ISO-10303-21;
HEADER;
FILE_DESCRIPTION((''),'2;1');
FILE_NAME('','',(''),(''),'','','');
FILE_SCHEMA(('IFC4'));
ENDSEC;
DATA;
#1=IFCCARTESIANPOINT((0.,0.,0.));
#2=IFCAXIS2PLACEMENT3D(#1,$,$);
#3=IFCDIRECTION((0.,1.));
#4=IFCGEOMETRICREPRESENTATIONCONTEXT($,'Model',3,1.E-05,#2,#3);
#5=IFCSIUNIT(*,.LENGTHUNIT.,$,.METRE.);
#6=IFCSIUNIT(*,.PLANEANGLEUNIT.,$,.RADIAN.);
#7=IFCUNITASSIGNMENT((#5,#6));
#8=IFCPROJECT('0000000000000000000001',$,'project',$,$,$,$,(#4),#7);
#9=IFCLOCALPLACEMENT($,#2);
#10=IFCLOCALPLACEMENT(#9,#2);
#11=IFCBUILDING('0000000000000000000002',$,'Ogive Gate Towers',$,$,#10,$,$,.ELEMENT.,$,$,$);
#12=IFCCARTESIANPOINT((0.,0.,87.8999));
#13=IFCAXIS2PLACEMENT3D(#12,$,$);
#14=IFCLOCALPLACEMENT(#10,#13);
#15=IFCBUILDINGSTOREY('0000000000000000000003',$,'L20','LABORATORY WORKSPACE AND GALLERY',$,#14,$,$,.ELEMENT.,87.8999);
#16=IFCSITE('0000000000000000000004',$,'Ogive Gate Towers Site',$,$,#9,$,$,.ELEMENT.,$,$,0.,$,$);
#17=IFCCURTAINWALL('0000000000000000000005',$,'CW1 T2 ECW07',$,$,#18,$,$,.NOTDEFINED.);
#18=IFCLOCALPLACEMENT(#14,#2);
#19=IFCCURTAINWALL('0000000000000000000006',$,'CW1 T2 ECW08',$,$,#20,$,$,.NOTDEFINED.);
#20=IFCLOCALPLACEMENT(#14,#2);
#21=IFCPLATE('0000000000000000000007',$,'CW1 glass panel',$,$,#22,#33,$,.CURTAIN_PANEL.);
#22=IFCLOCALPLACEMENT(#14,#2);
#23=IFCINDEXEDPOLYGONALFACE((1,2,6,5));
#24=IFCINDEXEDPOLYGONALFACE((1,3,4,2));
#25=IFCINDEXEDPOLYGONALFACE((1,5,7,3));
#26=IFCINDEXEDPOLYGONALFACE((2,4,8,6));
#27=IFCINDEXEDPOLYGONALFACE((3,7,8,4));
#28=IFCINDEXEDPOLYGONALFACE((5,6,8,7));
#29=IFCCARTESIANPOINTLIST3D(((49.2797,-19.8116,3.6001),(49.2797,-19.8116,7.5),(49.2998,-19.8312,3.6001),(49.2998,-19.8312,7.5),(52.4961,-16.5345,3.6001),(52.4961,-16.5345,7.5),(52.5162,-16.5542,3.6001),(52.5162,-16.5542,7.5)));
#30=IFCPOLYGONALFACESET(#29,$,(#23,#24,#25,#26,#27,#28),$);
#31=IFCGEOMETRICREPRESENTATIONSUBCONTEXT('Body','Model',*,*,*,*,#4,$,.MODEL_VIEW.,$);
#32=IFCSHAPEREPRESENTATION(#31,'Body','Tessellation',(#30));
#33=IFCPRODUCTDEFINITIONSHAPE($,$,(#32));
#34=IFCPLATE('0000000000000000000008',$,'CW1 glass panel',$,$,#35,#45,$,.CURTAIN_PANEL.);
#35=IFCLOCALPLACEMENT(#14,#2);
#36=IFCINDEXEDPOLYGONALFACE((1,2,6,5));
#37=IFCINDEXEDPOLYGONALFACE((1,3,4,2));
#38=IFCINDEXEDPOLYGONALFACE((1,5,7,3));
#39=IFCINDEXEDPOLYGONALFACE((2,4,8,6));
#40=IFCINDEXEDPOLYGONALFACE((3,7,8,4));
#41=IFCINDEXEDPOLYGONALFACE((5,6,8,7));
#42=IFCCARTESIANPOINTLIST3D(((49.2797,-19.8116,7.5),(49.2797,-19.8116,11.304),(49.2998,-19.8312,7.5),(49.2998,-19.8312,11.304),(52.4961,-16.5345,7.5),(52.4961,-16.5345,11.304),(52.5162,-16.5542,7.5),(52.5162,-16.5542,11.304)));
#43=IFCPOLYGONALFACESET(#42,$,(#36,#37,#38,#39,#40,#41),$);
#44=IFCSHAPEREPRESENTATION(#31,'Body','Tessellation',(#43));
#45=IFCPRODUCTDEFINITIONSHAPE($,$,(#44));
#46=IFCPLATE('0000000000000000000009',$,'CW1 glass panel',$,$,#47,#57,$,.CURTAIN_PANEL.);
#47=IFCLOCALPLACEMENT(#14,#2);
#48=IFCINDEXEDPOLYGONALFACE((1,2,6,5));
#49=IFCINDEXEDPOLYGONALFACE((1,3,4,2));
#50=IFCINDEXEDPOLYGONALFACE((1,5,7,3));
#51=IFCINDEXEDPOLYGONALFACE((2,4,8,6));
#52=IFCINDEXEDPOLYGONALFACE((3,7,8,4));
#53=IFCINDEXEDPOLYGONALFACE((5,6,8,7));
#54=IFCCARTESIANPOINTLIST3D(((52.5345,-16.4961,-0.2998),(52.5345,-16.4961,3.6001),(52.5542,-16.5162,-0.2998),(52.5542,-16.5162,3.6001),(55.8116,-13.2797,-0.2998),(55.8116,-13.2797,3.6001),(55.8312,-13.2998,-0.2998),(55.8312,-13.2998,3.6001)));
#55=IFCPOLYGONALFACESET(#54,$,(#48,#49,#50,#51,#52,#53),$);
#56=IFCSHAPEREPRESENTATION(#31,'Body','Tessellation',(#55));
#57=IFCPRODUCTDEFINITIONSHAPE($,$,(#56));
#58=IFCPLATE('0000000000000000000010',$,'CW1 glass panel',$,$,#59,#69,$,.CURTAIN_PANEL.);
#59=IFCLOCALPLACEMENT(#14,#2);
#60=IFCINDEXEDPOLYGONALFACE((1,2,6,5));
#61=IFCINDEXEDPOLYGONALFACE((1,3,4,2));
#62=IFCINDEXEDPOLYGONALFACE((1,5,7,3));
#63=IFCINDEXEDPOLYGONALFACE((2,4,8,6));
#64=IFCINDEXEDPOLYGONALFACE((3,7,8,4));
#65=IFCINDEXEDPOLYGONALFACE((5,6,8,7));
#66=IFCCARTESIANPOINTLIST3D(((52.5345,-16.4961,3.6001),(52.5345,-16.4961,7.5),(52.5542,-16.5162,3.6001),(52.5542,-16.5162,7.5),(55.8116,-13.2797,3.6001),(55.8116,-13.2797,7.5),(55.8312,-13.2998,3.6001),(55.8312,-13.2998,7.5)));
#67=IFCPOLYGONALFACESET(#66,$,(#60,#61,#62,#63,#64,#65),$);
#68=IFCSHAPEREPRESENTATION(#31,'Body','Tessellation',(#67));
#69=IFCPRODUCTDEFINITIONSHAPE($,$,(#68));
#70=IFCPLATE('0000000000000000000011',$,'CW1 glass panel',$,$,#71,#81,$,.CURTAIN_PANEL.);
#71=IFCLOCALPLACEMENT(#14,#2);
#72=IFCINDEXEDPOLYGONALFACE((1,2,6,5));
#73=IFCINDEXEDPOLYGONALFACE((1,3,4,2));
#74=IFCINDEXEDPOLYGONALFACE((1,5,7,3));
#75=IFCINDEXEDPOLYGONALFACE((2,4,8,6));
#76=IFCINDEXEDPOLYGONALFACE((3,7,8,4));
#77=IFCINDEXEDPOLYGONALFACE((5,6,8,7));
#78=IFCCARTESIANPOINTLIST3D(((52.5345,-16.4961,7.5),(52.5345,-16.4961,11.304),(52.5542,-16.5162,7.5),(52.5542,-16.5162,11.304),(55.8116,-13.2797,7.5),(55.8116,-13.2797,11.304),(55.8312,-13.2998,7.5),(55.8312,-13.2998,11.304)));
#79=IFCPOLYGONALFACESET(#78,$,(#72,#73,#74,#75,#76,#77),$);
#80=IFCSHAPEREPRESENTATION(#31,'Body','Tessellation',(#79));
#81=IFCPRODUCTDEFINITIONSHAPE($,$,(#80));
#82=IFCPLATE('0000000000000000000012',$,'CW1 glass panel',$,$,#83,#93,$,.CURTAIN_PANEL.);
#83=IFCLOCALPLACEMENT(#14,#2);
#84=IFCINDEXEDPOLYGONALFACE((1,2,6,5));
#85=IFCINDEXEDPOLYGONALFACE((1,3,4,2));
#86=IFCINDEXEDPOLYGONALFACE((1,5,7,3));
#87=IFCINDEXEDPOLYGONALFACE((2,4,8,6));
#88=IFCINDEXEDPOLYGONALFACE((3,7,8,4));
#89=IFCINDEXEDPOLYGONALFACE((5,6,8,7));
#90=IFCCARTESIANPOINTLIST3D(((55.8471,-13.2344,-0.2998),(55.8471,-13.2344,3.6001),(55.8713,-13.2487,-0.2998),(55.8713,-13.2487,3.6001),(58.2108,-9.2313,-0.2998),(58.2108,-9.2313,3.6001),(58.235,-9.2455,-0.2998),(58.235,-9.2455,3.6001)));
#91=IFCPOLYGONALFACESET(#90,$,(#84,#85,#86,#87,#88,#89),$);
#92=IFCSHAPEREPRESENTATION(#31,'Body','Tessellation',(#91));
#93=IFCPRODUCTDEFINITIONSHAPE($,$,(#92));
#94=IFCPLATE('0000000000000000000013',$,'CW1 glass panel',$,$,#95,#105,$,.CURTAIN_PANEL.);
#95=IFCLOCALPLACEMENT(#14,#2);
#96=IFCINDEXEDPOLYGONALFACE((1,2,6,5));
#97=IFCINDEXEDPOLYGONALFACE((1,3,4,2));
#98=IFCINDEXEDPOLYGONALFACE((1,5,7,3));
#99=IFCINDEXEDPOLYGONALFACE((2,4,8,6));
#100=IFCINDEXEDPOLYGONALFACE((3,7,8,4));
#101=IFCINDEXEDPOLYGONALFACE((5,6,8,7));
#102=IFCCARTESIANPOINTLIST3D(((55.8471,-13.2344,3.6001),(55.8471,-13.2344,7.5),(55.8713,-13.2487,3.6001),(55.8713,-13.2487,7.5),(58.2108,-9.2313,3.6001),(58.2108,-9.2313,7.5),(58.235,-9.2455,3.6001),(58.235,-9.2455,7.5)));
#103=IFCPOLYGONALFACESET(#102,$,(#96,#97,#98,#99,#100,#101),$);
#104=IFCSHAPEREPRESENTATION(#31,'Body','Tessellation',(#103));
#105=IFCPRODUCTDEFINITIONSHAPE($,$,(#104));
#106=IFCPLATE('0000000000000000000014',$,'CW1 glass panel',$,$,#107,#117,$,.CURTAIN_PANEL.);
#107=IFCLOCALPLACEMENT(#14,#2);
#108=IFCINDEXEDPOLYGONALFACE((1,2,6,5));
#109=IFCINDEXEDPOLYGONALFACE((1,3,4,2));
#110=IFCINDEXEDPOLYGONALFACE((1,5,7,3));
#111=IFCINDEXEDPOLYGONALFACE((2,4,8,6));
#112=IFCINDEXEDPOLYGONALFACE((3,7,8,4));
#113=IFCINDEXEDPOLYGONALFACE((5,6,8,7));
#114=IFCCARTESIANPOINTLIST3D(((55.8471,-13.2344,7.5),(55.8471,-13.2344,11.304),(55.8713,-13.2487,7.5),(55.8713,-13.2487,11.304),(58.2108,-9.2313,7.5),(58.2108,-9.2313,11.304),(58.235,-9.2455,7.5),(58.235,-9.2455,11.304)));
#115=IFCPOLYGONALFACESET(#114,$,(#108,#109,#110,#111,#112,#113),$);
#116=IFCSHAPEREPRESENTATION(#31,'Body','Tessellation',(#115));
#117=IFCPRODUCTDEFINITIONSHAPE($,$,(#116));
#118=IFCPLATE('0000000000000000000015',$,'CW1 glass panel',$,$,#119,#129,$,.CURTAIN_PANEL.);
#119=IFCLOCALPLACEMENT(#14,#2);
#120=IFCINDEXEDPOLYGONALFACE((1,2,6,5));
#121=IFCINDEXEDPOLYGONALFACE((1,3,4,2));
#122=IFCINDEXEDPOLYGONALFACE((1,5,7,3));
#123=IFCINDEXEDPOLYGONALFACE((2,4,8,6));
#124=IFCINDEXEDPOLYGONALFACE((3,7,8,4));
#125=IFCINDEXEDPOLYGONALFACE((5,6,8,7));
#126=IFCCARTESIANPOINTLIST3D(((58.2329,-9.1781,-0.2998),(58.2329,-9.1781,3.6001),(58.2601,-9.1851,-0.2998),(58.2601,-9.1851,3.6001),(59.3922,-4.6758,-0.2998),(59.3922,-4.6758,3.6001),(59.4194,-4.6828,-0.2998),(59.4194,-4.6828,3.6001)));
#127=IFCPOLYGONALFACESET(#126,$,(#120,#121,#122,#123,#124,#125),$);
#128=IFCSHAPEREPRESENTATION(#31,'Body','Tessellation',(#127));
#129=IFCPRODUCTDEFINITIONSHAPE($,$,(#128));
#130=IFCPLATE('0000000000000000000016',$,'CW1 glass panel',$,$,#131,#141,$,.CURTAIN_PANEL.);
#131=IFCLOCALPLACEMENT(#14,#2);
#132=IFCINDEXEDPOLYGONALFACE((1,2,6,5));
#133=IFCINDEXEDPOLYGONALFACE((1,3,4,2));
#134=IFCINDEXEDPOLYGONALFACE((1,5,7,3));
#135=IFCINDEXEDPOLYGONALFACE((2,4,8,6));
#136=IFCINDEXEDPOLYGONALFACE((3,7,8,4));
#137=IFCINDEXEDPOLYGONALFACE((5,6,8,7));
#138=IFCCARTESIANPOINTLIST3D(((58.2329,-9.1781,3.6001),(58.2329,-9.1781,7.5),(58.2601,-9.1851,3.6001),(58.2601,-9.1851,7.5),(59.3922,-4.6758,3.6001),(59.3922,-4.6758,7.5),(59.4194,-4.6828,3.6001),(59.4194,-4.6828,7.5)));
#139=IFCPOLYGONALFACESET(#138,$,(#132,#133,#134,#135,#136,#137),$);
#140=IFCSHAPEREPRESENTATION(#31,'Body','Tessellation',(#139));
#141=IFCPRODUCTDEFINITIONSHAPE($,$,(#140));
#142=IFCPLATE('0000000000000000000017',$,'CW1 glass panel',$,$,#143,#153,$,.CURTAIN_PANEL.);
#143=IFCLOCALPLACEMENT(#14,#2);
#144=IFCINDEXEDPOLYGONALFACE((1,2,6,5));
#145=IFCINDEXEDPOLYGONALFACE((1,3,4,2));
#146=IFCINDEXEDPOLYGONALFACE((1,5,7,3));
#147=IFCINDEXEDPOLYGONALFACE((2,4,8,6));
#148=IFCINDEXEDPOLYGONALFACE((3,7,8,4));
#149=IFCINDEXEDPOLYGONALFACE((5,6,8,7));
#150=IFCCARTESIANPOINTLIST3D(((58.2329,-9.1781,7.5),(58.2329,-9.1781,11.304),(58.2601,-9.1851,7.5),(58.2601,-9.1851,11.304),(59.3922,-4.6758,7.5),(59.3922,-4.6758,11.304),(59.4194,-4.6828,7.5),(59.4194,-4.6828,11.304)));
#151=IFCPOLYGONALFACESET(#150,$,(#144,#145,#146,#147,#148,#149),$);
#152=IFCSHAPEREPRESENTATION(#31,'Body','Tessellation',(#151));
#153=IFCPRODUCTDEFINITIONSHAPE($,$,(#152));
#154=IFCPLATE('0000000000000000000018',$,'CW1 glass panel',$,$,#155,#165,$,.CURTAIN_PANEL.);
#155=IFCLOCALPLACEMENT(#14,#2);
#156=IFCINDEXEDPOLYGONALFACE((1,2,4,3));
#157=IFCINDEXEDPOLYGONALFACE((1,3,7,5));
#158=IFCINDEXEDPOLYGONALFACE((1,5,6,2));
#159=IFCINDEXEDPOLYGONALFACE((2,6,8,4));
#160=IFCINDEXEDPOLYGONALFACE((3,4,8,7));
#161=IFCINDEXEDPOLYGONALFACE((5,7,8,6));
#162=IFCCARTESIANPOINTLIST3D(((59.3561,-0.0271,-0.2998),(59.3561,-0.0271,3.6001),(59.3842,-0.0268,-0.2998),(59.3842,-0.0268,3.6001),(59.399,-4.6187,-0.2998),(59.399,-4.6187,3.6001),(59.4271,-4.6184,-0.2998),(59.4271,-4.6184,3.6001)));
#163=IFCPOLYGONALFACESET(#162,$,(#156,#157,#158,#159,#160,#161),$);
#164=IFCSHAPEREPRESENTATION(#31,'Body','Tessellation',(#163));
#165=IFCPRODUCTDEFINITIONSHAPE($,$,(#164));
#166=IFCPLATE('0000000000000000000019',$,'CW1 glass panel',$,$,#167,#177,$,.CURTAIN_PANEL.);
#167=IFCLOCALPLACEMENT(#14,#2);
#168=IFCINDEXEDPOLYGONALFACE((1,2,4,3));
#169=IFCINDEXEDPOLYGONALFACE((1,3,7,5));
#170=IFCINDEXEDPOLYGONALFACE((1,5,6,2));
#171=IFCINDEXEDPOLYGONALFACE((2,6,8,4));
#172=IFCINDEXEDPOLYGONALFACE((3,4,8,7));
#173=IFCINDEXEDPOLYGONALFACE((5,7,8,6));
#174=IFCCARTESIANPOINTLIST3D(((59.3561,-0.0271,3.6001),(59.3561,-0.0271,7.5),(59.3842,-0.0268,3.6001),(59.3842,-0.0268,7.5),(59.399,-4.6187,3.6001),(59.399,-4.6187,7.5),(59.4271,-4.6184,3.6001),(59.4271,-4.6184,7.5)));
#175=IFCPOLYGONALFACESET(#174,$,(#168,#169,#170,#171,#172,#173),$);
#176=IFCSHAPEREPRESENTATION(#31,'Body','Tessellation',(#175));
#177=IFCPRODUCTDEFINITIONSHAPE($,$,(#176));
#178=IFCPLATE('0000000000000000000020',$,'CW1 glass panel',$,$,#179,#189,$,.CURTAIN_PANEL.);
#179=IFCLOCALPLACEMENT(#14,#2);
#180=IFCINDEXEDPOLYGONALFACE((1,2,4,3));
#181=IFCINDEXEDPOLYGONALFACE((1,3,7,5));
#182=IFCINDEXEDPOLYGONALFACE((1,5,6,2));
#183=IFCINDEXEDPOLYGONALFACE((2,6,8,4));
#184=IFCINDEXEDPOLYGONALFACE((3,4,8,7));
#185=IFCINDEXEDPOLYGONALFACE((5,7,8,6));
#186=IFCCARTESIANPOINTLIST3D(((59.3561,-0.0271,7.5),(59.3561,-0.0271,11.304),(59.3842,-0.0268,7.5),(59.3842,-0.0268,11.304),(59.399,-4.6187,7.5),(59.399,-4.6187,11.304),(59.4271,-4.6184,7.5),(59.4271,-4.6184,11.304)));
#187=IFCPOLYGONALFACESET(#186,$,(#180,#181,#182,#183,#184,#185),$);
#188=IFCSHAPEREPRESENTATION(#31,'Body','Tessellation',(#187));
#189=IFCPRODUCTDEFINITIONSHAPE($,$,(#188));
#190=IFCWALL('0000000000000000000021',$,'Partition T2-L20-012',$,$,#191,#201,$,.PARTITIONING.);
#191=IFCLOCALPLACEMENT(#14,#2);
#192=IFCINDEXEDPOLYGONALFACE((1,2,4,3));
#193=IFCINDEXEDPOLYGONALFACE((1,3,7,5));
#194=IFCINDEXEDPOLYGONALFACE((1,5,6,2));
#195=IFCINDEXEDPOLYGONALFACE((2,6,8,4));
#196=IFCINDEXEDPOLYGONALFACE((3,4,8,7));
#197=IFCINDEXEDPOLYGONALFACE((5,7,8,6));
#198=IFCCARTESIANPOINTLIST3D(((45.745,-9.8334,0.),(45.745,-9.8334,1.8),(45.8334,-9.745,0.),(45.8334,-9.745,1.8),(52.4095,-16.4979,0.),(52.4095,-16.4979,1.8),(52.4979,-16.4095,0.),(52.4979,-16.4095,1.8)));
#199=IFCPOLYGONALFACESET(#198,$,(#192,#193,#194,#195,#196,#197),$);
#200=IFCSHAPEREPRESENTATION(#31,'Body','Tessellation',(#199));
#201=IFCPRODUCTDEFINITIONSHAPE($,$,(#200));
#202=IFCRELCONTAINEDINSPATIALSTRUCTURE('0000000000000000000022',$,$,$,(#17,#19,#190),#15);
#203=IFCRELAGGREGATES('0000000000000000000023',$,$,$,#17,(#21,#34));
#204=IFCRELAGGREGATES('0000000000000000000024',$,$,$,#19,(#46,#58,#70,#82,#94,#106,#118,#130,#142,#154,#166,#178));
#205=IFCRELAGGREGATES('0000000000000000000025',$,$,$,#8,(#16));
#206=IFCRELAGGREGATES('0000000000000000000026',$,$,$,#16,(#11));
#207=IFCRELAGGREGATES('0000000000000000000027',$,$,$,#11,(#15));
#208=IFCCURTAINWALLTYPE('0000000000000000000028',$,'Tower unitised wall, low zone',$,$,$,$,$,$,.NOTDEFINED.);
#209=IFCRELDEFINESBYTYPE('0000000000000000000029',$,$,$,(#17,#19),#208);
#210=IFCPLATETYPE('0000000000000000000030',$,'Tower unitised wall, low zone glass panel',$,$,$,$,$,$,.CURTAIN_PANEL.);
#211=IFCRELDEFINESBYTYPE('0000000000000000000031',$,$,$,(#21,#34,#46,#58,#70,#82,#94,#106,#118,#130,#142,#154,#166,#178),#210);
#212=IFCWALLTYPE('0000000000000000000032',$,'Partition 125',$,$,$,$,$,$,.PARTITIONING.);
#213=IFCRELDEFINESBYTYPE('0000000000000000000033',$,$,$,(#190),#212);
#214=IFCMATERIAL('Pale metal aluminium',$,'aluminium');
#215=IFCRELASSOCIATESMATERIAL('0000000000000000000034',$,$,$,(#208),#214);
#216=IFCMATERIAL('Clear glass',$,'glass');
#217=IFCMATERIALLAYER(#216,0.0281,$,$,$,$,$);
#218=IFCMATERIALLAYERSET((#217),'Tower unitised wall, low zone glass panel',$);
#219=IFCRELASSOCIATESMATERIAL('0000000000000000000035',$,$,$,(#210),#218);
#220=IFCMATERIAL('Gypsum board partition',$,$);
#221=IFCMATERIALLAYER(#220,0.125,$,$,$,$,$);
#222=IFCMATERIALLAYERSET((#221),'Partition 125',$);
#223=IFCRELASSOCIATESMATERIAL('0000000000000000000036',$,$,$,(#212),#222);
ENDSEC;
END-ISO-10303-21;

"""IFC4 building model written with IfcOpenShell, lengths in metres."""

from ifc_helpers import new_model, si_unit, direction, frame, frame_2d, origin, origin_2d, place, context, subcontext, project, spatial, rectangle, extrude, material, layer, layer_set, type_object, element, aggregate, save


model = new_model("IFC4")

# Units and contexts
model_context = context("Model", 3, precision=1e-05, world=origin(), true_north=direction((0.0, 1.0)))
body_context = subcontext(model_context, "Body", "Model", "MODEL_VIEW")
ifc_project = project(units=[si_unit("LENGTHUNIT", "METRE"), si_unit("PLANEANGLEUNIT", "RADIAN")], contexts=[model_context])

# Site, building, storey
site_placement = place(None, origin())
site = spatial("IfcSite", under=ifc_project, at=site_placement, Name="Ogive Gate Towers Site", CompositionType="ELEMENT", RefElevation=0.0)
building_placement = place(site_placement, origin())
building = spatial("IfcBuilding", under=site, at=building_placement, Name="Ogive Gate Towers", CompositionType="ELEMENT")
storey_placement = place(building_placement, frame((0.0, 0.0, 87.8999)))
storey = spatial("IfcBuildingStorey", under=building, at=storey_placement, Name="L20", Description="LABORATORY WORKSPACE AND GALLERY", CompositionType="ELEMENT", Elevation=87.8999)

# Curtain walls
ifc_material_1 = material(Name="Pale metal aluminium", Category="aluminium")
curtain_wall_type = type_object("IfcCurtainWallType", Name="Tower unitised wall, low zone", PredefinedType="NOTDEFINED", material=ifc_material_1)
curtain_wall_1_placement = place(storey_placement, origin())
curtain_wall_1 = element("IfcCurtainWall", 1, at=curtain_wall_1_placement, inside=storey, type_object=curtain_wall_type, Name="CW1 T2 ECW07", PredefinedType="NOTDEFINED")
curtain_wall_2_placement = place(storey_placement, origin())
curtain_wall_2 = element("IfcCurtainWall", 2, at=curtain_wall_2_placement, inside=storey, type_object=curtain_wall_type, Name="CW1 T2 ECW08", PredefinedType="NOTDEFINED")

# Plates
ifc_material_2 = material(Name="Clear glass", Category="glass")
ifc_layer_1 = layer(ifc_material_2, 0.0281)
ifc_layer_set_1 = layer_set([ifc_layer_1], Name="Tower unitised wall, low zone glass panel")
plate_type = type_object("IfcPlateType", Name="Tower unitised wall, low zone glass panel", PredefinedType="CURTAIN_PANEL", material=ifc_layer_set_1)
plate_1_placement = place(storey_placement, frame((50.8979, -18.1829, 3.6001), z_axis=(0.0, 0.0, 1.0), x_axis=(0.700473, 0.713678, 0.0)))
plate_1 = element("IfcPlate", 3, at=plate_1_placement, type_object=plate_type, Name="CW1 glass panel", PredefinedType="CURTAIN_PANEL", context=body_context, shape_type="SweptSolid", body=[
    extrude(rectangle(XDim=4.5918, YDim=0.0281, at=origin_2d()), origin(), (0.0, 0.0, 1.0), 3.8999),
])
plate_2_placement = place(storey_placement, frame((50.8979, -18.1829, 7.5), z_axis=(0.0, 0.0, 1.0), x_axis=(0.700473, 0.713678, 0.0)))
plate_2 = element("IfcPlate", 4, at=plate_2_placement, type_object=plate_type, Name="CW1 glass panel", PredefinedType="CURTAIN_PANEL", context=body_context, shape_type="SweptSolid", body=[
    extrude(rectangle(XDim=4.5918, YDim=0.0281, at=origin_2d()), origin(), (0.0, 0.0, 1.0), 3.804),
])
aggregate(curtain_wall_1, [plate_1, plate_2])
plate_3_placement = place(storey_placement, frame((54.1829, -14.8979, -0.2998), z_axis=(0.0, 0.0, 1.0), x_axis=(0.713678, 0.700473, 0.0)))
plate_3 = element("IfcPlate", 5, at=plate_3_placement, type_object=plate_type, Name="CW1 glass panel", PredefinedType="CURTAIN_PANEL", context=body_context, shape_type="SweptSolid", body=[
    extrude(rectangle(XDim=4.5918, YDim=0.0281, at=origin_2d()), origin(), (0.0, 0.0, 1.0), 3.8999),
])
plate_4_placement = place(storey_placement, frame((54.1829, -14.8979, 3.6001), z_axis=(0.0, 0.0, 1.0), x_axis=(0.713678, 0.700473, 0.0)))
plate_4 = element("IfcPlate", 6, at=plate_4_placement, type_object=plate_type, Name="CW1 glass panel", PredefinedType="CURTAIN_PANEL", context=body_context, shape_type="SweptSolid", body=[
    extrude(rectangle(XDim=4.5918, YDim=0.0281, at=origin_2d()), origin(), (0.0, 0.0, 1.0), 3.8999),
])
plate_5_placement = place(storey_placement, frame((54.1829, -14.8979, 7.5), z_axis=(0.0, 0.0, 1.0), x_axis=(0.713678, 0.700473, 0.0)))
plate_5 = element("IfcPlate", 7, at=plate_5_placement, type_object=plate_type, Name="CW1 glass panel", PredefinedType="CURTAIN_PANEL", context=body_context, shape_type="SweptSolid", body=[
    extrude(rectangle(XDim=4.5918, YDim=0.0281, at=origin_2d()), origin(), (0.0, 0.0, 1.0), 3.804),
])
plate_6_placement = place(storey_placement, frame((57.041, -11.24, -0.2998), z_axis=(0.0, 0.0, 1.0), x_axis=(0.50844, 0.861097, 0.0)))
plate_6 = element("IfcPlate", 8, at=plate_6_placement, type_object=plate_type, Name="CW1 glass panel", PredefinedType="CURTAIN_PANEL", context=body_context, shape_type="SweptSolid", body=[
    extrude(rectangle(XDim=4.6489, YDim=0.0281, at=origin_2d()), origin(), (0.0, 0.0, 1.0), 3.8999),
])
plate_7_placement = place(storey_placement, frame((57.041, -11.24, 3.6001), z_axis=(0.0, 0.0, 1.0), x_axis=(0.50844, 0.861097, 0.0)))
plate_7 = element("IfcPlate", 9, at=plate_7_placement, type_object=plate_type, Name="CW1 glass panel", PredefinedType="CURTAIN_PANEL", context=body_context, shape_type="SweptSolid", body=[
    extrude(rectangle(XDim=4.6489, YDim=0.0281, at=origin_2d()), origin(), (0.0, 0.0, 1.0), 3.8999),
])
plate_8_placement = place(storey_placement, frame((57.041, -11.24, 7.5), z_axis=(0.0, 0.0, 1.0), x_axis=(0.50844, 0.861097, 0.0)))
plate_8 = element("IfcPlate", 10, at=plate_8_placement, type_object=plate_type, Name="CW1 glass panel", PredefinedType="CURTAIN_PANEL", context=body_context, shape_type="SweptSolid", body=[
    extrude(rectangle(XDim=4.6489, YDim=0.0281, at=origin_2d()), origin(), (0.0, 0.0, 1.0), 3.804),
])
plate_9_placement = place(storey_placement, frame((58.8262, -6.9304, -0.2998), z_axis=(0.0, 0.0, 1.0), x_axis=(0.249349, 0.968414, 0.0)))
plate_9 = element("IfcPlate", 11, at=plate_9_placement, type_object=plate_type, Name="CW1 glass panel", PredefinedType="CURTAIN_PANEL", context=body_context, shape_type="SweptSolid", body=[
    extrude(rectangle(XDim=4.6492, YDim=0.0281, at=origin_2d()), origin(), (0.0, 0.0, 1.0), 3.8999),
])
plate_10_placement = place(storey_placement, frame((58.8262, -6.9304, 3.6001), z_axis=(0.0, 0.0, 1.0), x_axis=(0.249349, 0.968414, 0.0)))
plate_10 = element("IfcPlate", 12, at=plate_10_placement, type_object=plate_type, Name="CW1 glass panel", PredefinedType="CURTAIN_PANEL", context=body_context, shape_type="SweptSolid", body=[
    extrude(rectangle(XDim=4.6492, YDim=0.0281, at=origin_2d()), origin(), (0.0, 0.0, 1.0), 3.8999),
])
plate_11_placement = place(storey_placement, frame((58.8262, -6.9304, 7.5), z_axis=(0.0, 0.0, 1.0), x_axis=(0.249349, 0.968414, 0.0)))
plate_11 = element("IfcPlate", 13, at=plate_11_placement, type_object=plate_type, Name="CW1 glass panel", PredefinedType="CURTAIN_PANEL", context=body_context, shape_type="SweptSolid", body=[
    extrude(rectangle(XDim=4.6492, YDim=0.0281, at=origin_2d()), origin(), (0.0, 0.0, 1.0), 3.804),
])
plate_12_placement = place(storey_placement, frame((59.3916, -2.3228, -0.2998), z_axis=(0.0, 0.0, 1.0), x_axis=(-0.009337, 0.999956, 0.0)))
plate_12 = element("IfcPlate", 14, at=plate_12_placement, type_object=plate_type, Name="CW1 glass panel", PredefinedType="CURTAIN_PANEL", context=body_context, shape_type="SweptSolid", body=[
    extrude(rectangle(XDim=4.5918, YDim=0.0281, at=origin_2d()), origin(), (0.0, 0.0, 1.0), 3.8999),
])
plate_13_placement = place(storey_placement, frame((59.3916, -2.3228, 3.6001), z_axis=(0.0, 0.0, 1.0), x_axis=(-0.009337, 0.999956, 0.0)))
plate_13 = element("IfcPlate", 15, at=plate_13_placement, type_object=plate_type, Name="CW1 glass panel", PredefinedType="CURTAIN_PANEL", context=body_context, shape_type="SweptSolid", body=[
    extrude(rectangle(XDim=4.5918, YDim=0.0281, at=origin_2d()), origin(), (0.0, 0.0, 1.0), 3.8999),
])
plate_14_placement = place(storey_placement, frame((59.3916, -2.3228, 7.5), z_axis=(0.0, 0.0, 1.0), x_axis=(-0.009337, 0.999956, 0.0)))
plate_14 = element("IfcPlate", 16, at=plate_14_placement, type_object=plate_type, Name="CW1 glass panel", PredefinedType="CURTAIN_PANEL", context=body_context, shape_type="SweptSolid", body=[
    extrude(rectangle(XDim=4.5918, YDim=0.0281, at=origin_2d()), origin(), (0.0, 0.0, 1.0), 3.804),
])
aggregate(curtain_wall_2, [plate_3, plate_4, plate_5, plate_6, plate_7, plate_8, plate_9, plate_10, plate_11, plate_12, plate_13, plate_14])

# Wall
ifc_material_3 = material(Name="Gypsum board partition")
ifc_layer_2 = layer(ifc_material_3, 0.125)
ifc_layer_set_2 = layer_set([ifc_layer_2], Name="Partition 125")
wall_type = type_object("IfcWallType", Name="Partition 125", PredefinedType="PARTITIONING", material=ifc_layer_set_2)
wall_1_placement = place(storey_placement, frame((52.4536, -16.4536, 0.0), z_axis=(0.0, 0.0, 1.0), x_axis=(-0.707107, 0.707107, 0.0)))
element("IfcWall", 17, at=wall_1_placement, inside=storey, type_object=wall_type, Name="Partition T2-L20-012", PredefinedType="PARTITIONING", context=body_context, shape_type="SweptSolid", body=[
    extrude(rectangle(XDim=9.425, YDim=0.125, at=frame_2d((4.7124, 0.0))), origin(), (0.0, 0.0, 1.0), 1.8),
])

save(model, "model.ifc")
